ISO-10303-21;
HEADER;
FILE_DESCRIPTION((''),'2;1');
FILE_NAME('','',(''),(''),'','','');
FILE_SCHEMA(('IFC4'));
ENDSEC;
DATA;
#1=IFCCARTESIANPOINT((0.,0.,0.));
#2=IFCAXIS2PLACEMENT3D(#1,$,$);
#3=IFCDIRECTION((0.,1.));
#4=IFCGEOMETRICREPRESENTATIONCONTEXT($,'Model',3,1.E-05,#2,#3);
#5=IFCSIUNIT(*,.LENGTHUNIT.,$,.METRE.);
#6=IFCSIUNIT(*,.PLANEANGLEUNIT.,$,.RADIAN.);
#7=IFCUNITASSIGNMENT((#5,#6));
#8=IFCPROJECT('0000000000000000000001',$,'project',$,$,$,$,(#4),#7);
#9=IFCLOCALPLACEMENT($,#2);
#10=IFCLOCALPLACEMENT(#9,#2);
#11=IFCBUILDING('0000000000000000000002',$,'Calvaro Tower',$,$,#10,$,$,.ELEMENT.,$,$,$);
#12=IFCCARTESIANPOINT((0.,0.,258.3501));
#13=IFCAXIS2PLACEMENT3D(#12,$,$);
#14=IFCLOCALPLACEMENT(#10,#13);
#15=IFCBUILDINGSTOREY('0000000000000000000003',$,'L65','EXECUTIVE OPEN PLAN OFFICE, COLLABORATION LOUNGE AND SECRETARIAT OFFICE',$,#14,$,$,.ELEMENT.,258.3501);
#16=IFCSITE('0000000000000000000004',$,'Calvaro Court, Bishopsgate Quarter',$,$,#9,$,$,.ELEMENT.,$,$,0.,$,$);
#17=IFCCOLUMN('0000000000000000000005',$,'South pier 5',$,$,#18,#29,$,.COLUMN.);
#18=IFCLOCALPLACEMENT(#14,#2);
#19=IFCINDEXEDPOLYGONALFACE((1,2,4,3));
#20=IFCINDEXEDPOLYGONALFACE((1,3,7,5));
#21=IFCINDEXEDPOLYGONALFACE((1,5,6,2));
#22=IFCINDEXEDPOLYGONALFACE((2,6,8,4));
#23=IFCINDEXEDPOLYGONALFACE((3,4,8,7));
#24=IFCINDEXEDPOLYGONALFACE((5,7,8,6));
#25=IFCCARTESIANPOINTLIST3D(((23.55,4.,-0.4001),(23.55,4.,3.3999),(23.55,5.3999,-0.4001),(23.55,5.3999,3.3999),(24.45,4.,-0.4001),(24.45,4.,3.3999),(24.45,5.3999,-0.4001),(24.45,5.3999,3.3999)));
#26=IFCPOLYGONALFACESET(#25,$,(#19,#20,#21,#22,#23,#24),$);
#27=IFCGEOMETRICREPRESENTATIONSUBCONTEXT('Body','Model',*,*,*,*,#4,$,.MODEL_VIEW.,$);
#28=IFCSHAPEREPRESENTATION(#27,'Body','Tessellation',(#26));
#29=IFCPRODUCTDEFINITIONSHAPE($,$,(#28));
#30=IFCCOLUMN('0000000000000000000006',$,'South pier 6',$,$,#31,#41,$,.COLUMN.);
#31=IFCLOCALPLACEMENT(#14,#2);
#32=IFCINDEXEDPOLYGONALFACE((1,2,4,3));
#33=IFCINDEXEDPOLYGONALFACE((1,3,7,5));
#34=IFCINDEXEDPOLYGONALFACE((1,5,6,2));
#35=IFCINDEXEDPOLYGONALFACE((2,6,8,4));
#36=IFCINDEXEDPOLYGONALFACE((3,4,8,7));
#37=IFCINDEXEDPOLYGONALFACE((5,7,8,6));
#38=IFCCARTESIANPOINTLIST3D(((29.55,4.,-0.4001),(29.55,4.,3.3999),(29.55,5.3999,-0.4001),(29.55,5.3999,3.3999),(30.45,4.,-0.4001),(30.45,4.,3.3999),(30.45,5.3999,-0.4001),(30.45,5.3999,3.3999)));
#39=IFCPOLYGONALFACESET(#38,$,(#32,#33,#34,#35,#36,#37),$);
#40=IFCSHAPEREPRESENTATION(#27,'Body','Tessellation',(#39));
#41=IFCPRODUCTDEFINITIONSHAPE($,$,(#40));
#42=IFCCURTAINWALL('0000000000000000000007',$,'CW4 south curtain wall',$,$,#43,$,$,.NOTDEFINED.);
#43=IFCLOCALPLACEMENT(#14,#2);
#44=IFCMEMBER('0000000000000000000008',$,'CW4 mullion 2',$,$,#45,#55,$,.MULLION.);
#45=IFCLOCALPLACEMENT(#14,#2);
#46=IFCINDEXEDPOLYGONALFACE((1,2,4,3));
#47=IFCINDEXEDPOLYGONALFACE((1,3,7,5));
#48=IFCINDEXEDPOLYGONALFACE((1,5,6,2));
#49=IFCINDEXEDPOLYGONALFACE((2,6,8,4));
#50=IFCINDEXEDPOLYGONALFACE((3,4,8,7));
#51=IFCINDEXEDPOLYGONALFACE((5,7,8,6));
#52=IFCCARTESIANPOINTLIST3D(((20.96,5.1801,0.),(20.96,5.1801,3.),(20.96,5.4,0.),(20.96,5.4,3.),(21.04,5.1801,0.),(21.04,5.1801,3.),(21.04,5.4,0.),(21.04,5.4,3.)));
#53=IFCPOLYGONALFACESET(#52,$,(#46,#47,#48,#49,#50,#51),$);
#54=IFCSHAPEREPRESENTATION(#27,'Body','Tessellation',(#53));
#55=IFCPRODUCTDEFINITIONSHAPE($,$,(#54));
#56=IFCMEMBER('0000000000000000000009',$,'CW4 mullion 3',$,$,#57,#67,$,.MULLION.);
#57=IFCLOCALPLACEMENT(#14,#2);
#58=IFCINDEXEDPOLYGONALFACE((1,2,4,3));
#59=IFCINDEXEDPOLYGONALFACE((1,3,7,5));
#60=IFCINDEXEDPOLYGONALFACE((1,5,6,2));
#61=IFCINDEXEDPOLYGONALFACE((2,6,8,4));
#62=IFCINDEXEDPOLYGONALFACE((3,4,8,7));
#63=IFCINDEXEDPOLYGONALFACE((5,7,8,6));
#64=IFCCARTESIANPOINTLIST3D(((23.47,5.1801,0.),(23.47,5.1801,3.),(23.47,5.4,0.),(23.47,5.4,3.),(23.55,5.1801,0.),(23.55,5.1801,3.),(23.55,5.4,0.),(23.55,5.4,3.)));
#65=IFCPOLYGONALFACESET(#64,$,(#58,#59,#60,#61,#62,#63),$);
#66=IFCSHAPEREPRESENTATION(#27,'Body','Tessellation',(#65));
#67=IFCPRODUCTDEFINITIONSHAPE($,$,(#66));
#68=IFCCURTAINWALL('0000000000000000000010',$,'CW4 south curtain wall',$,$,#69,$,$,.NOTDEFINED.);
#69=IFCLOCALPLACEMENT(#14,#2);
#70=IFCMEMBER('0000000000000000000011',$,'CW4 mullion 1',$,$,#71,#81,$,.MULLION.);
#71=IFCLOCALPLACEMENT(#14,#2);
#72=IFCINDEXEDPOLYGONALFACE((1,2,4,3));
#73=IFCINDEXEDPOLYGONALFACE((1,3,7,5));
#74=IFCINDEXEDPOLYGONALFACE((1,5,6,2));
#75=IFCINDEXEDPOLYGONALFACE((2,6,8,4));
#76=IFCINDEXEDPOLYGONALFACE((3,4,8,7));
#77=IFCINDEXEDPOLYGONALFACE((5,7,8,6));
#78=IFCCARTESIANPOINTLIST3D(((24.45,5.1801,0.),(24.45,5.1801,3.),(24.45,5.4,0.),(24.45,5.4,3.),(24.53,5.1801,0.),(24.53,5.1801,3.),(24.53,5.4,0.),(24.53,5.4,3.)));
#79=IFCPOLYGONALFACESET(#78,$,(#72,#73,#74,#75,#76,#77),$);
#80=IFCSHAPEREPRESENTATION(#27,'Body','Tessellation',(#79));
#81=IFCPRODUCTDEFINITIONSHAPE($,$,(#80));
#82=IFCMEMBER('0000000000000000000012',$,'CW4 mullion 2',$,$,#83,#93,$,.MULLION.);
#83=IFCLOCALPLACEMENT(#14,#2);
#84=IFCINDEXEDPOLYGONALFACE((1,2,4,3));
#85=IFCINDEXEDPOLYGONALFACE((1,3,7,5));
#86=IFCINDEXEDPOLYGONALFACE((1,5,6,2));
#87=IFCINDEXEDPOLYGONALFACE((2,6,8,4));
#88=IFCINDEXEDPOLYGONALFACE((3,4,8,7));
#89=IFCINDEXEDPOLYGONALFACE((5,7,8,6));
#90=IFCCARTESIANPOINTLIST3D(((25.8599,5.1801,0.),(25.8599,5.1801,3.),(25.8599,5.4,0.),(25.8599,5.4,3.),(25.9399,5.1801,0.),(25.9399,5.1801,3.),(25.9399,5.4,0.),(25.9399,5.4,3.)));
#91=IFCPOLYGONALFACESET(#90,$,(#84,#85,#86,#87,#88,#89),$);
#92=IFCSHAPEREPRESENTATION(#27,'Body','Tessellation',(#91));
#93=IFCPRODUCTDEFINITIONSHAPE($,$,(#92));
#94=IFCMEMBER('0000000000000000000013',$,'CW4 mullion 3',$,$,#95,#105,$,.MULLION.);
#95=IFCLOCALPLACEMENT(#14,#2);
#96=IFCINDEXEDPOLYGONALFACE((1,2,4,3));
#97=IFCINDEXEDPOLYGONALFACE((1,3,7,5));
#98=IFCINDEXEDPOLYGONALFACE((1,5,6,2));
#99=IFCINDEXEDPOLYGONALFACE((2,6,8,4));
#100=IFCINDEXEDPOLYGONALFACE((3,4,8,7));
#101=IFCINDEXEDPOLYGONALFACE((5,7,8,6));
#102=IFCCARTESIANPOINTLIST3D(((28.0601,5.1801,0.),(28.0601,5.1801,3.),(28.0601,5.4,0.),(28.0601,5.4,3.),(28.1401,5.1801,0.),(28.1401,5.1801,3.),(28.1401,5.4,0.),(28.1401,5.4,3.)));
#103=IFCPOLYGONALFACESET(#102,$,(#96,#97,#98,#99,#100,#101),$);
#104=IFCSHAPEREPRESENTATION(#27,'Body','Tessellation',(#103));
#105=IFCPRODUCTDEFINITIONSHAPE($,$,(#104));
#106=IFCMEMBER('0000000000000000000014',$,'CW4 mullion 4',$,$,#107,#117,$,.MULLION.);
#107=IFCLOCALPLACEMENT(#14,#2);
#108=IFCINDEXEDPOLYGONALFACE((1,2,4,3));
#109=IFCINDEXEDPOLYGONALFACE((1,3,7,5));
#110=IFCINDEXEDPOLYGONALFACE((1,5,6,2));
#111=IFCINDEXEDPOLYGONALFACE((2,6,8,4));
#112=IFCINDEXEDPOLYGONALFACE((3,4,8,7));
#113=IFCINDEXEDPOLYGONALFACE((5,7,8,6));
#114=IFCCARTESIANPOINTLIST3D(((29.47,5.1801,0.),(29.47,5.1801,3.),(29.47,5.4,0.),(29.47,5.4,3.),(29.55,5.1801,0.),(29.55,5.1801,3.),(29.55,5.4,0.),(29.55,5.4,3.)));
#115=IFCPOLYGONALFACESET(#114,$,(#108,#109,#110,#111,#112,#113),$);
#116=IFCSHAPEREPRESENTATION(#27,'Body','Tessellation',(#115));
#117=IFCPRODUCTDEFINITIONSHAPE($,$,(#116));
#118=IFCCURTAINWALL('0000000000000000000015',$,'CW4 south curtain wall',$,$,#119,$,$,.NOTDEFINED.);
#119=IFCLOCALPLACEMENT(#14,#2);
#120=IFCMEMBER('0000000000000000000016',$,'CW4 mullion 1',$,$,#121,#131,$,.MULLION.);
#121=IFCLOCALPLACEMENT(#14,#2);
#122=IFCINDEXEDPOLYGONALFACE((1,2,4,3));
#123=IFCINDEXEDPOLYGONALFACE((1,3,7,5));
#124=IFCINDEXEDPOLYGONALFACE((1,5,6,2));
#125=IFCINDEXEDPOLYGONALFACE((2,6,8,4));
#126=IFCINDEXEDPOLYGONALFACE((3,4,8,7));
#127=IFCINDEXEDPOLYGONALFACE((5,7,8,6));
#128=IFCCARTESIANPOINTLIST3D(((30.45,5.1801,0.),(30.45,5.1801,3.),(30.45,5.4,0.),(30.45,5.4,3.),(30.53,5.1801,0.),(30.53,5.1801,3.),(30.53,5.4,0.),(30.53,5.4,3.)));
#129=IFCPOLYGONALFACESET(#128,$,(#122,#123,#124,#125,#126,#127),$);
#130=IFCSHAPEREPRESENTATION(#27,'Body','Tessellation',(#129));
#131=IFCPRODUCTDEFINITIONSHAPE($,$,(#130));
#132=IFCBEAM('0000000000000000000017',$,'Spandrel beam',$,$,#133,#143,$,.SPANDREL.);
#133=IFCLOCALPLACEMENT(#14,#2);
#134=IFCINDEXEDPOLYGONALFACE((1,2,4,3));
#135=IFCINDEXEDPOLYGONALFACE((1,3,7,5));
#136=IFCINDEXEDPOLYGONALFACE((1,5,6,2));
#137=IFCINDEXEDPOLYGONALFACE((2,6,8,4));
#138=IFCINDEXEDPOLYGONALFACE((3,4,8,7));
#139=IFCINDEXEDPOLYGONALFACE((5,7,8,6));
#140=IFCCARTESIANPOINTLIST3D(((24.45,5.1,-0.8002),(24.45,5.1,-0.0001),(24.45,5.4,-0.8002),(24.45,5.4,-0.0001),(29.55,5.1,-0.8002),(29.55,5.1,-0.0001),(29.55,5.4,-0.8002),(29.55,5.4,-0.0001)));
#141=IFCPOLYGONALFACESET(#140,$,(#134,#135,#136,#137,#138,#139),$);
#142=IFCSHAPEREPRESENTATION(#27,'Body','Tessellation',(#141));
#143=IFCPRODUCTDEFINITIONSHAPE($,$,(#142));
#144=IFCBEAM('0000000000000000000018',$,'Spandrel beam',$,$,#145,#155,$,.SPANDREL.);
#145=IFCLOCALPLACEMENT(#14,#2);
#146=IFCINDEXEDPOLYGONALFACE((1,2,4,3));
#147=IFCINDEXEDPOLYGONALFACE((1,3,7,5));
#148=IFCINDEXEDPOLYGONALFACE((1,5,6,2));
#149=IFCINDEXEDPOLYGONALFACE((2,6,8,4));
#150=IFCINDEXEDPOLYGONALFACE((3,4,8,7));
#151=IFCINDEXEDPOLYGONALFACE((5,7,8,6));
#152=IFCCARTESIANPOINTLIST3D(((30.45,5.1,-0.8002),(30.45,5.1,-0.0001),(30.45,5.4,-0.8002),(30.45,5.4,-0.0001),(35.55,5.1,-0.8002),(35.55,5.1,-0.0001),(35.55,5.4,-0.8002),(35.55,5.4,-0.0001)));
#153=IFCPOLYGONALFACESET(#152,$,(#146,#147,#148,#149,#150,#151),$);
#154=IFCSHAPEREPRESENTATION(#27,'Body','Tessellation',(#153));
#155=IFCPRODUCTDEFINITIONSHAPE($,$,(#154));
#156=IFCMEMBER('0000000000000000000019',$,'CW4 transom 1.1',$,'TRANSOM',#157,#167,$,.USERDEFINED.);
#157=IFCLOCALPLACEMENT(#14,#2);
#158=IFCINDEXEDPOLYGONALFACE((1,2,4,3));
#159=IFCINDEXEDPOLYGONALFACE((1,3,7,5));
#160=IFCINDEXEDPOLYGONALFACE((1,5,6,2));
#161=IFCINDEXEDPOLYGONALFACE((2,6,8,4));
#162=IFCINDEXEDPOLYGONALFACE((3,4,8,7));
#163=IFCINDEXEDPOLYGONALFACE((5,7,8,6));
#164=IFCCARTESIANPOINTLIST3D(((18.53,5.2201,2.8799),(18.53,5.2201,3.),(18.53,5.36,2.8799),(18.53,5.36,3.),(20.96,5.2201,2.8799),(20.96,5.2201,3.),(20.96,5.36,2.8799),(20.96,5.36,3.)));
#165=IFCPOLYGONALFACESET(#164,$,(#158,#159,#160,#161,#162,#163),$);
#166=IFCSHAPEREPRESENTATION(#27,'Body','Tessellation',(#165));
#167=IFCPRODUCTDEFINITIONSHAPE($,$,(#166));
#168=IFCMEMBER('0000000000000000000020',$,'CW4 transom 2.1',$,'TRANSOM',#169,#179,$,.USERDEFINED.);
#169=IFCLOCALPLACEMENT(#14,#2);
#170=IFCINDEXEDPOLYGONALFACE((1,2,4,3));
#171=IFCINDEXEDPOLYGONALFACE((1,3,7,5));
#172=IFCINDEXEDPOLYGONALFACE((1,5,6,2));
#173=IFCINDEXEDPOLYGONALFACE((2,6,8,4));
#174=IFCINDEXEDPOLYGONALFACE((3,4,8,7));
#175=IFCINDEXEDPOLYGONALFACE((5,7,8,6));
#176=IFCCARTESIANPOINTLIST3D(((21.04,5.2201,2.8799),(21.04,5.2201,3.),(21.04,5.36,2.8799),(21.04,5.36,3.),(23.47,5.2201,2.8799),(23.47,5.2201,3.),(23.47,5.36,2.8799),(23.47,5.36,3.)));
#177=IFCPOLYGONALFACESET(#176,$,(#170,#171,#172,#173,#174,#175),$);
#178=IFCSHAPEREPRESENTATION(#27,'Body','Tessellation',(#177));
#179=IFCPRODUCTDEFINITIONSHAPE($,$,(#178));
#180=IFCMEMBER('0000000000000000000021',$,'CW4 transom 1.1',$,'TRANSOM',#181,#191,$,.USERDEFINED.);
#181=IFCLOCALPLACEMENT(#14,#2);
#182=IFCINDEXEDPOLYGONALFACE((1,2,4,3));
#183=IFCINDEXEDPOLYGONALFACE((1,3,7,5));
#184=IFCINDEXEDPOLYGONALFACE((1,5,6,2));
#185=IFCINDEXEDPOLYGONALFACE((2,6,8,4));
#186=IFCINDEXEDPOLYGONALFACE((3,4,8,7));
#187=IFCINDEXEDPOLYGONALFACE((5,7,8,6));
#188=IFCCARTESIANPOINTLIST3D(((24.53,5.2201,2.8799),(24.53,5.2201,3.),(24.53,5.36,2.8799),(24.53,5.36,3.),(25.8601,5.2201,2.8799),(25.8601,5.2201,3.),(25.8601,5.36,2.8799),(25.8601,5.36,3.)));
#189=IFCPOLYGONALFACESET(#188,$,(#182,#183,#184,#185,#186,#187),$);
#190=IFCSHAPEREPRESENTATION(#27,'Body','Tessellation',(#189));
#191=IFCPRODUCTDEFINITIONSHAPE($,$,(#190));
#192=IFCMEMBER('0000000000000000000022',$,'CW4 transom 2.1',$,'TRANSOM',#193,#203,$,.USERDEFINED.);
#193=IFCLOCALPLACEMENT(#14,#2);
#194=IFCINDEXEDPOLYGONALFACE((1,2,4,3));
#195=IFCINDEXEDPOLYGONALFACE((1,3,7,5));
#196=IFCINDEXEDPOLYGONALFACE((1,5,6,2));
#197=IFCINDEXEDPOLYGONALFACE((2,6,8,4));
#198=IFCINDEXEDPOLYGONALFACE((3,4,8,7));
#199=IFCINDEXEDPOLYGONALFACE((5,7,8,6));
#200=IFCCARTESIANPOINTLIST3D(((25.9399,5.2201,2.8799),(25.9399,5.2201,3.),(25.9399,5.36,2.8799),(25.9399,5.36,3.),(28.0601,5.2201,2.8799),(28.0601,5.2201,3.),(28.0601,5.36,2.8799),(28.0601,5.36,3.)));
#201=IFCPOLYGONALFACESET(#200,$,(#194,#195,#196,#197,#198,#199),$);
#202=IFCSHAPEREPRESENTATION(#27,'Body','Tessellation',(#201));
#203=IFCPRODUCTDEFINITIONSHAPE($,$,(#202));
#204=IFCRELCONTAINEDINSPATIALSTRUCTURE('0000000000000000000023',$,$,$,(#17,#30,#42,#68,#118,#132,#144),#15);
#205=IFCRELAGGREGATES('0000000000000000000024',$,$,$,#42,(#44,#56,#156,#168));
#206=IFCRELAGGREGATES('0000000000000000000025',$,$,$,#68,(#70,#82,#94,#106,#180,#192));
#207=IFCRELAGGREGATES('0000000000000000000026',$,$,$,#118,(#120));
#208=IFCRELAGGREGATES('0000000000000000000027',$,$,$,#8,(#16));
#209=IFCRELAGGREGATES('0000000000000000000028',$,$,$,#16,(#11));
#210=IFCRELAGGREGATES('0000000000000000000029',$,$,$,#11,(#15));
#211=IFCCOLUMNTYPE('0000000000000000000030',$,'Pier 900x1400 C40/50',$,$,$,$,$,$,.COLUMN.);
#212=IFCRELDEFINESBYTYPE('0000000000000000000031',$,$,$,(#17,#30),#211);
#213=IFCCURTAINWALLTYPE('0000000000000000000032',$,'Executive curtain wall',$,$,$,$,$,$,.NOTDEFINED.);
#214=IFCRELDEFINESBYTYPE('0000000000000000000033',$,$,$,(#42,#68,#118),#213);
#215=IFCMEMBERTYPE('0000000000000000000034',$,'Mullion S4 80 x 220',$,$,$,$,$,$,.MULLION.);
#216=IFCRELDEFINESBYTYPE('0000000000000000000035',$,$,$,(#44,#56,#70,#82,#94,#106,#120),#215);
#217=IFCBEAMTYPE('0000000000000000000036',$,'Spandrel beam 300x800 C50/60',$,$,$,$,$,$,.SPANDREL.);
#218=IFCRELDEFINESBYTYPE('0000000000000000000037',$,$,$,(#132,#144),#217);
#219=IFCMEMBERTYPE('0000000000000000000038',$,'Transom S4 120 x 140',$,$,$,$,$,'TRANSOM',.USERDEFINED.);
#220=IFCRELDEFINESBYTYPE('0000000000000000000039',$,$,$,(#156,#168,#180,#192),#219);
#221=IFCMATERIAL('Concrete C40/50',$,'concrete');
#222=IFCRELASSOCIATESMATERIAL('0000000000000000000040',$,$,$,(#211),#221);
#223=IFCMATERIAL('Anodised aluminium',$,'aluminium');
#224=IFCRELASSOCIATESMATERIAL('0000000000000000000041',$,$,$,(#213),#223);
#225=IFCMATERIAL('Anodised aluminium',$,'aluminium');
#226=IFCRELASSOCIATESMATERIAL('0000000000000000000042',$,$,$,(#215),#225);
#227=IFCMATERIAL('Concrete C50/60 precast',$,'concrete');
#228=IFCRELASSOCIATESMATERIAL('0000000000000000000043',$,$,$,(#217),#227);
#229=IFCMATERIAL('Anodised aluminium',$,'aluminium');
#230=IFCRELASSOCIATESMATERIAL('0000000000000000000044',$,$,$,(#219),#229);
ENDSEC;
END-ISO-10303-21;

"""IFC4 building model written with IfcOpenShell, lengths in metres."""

from ifc_helpers import new_model, si_unit, direction, frame, origin, origin_2d, place, context, subcontext, project, spatial, rectangle, extrude, material, material_profile, profile_set, type_object, element, aggregate, save


model = new_model("IFC4")

# Units and contexts
model_context = context("Model", 3, precision=1e-05, world=origin(), true_north=direction((0.0, 1.0)))
body_context = subcontext(model_context, "Body", "Model", "MODEL_VIEW")
ifc_project = project(units=[si_unit("LENGTHUNIT", "METRE"), si_unit("PLANEANGLEUNIT", "RADIAN")], contexts=[model_context])

# Site, building, storey
site_placement = place(None, origin())
site = spatial("IfcSite", under=ifc_project, at=site_placement, Name="Calvaro Court, Bishopsgate Quarter", CompositionType="ELEMENT", RefElevation=0.0)
building_placement = place(site_placement, origin())
building = spatial("IfcBuilding", under=site, at=building_placement, Name="Calvaro Tower", CompositionType="ELEMENT")
storey_placement = place(building_placement, frame((0.0, 0.0, 258.3501)))
storey = spatial("IfcBuildingStorey", under=building, at=storey_placement, Name="L65", Description="EXECUTIVE OPEN PLAN OFFICE, COLLABORATION LOUNGE AND SECRETARIAT OFFICE", CompositionType="ELEMENT", Elevation=258.3501)

# Columns
ifc_material_1 = material(Name="Concrete C40/50", Category="concrete")
ifc_material_profile_1 = material_profile(ifc_material_1, rectangle(XDim=0.8999, YDim=1.3999, at=origin_2d()), Name="RC 900x1400")
ifc_profile_set_1 = profile_set([ifc_material_profile_1], Name="Concrete C40/50")
column_type = type_object("IfcColumnType", Name="Pier 900x1400 C40/50", PredefinedType="COLUMN", material=ifc_profile_set_1)
for number, where, z_axis, x_axis, name in (
    (1, (24.0, 4.7, -0.4001), (0.0, 0.0, 1.0), (1.0, 0.0, 0.0), "South pier 5"),
    (2, (30.0, 4.7, -0.4001), (0.0, 0.0, 1.0), (1.0, 0.0, 0.0), "South pier 6"),
):
    element("IfcColumn", number, at=place(storey_placement, frame(where, z_axis=z_axis, x_axis=x_axis)), inside=storey, type_object=column_type, Name=name, PredefinedType="COLUMN", context=body_context, shape_type="SweptSolid", body=[
        extrude(rectangle(XDim=0.8999, YDim=1.3999, at=origin_2d()), origin(), (0.0, 0.0, 1.0), 3.8),
    ])

# Curtain walls, members
ifc_material_2 = material(Name="Anodised aluminium", Category="aluminium")
curtain_wall_type = type_object("IfcCurtainWallType", Name="Executive curtain wall", PredefinedType="NOTDEFINED", material=ifc_material_2)
curtain_wall_1_placement = place(storey_placement, origin())
curtain_wall_1 = element("IfcCurtainWall", 3, at=curtain_wall_1_placement, inside=storey, type_object=curtain_wall_type, Name="CW4 south curtain wall", PredefinedType="NOTDEFINED")
ifc_material_3 = material(Name="Anodised aluminium", Category="aluminium")
ifc_material_profile_2 = material_profile(ifc_material_3, rectangle(XDim=0.22, YDim=0.0801, at=origin_2d()), Name="Mullion S4 80 x 220")
ifc_profile_set_2 = profile_set([ifc_material_profile_2], Name="Anodised aluminium")
member_type_1 = type_object("IfcMemberType", Name="Mullion S4 80 x 220", PredefinedType="MULLION", material=ifc_profile_set_2)
member_1_placement = place(storey_placement, frame((21.0, 5.29, 0.0), z_axis=(0.0, 0.0, 1.0), x_axis=(0.0, 1.0, 0.0)))
member_1 = element("IfcMember", 4, at=member_1_placement, type_object=member_type_1, Name="CW4 mullion 2", PredefinedType="MULLION", context=body_context, shape_type="SweptSolid", body=[
    extrude(rectangle(XDim=0.22, YDim=0.0801, at=origin_2d()), origin(), (0.0, 0.0, 1.0), 3.0),
])
member_2_placement = place(storey_placement, frame((23.51, 5.29, 0.0), z_axis=(0.0, 0.0, 1.0), x_axis=(0.0, 1.0, 0.0)))
member_2 = element("IfcMember", 5, at=member_2_placement, type_object=member_type_1, Name="CW4 mullion 3", PredefinedType="MULLION", context=body_context, shape_type="SweptSolid", body=[
    extrude(rectangle(XDim=0.22, YDim=0.0801, at=origin_2d()), origin(), (0.0, 0.0, 1.0), 3.0),
])
curtain_wall_2_placement = place(storey_placement, origin())
curtain_wall_2 = element("IfcCurtainWall", 6, at=curtain_wall_2_placement, inside=storey, type_object=curtain_wall_type, Name="CW4 south curtain wall", PredefinedType="NOTDEFINED")
member_3_placement = place(storey_placement, frame((24.49, 5.29, 0.0), z_axis=(0.0, 0.0, 1.0), x_axis=(0.0, 1.0, 0.0)))
member_3 = element("IfcMember", 7, at=member_3_placement, type_object=member_type_1, Name="CW4 mullion 1", PredefinedType="MULLION", context=body_context, shape_type="SweptSolid", body=[
    extrude(rectangle(XDim=0.22, YDim=0.0801, at=origin_2d()), origin(), (0.0, 0.0, 1.0), 3.0),
])
member_4_placement = place(storey_placement, frame((25.8999, 5.29, 0.0), z_axis=(0.0, 0.0, 1.0), x_axis=(0.0, 1.0, 0.0)))
member_4 = element("IfcMember", 8, at=member_4_placement, type_object=member_type_1, Name="CW4 mullion 2", PredefinedType="MULLION", context=body_context, shape_type="SweptSolid", body=[
    extrude(rectangle(XDim=0.22, YDim=0.0801, at=origin_2d()), origin(), (0.0, 0.0, 1.0), 3.0),
])
member_5_placement = place(storey_placement, frame((28.1001, 5.29, 0.0), z_axis=(0.0, 0.0, 1.0), x_axis=(0.0, 1.0, 0.0)))
member_5 = element("IfcMember", 9, at=member_5_placement, type_object=member_type_1, Name="CW4 mullion 3", PredefinedType="MULLION", context=body_context, shape_type="SweptSolid", body=[
    extrude(rectangle(XDim=0.22, YDim=0.0801, at=origin_2d()), origin(), (0.0, 0.0, 1.0), 3.0),
])
member_6_placement = place(storey_placement, frame((29.51, 5.29, 0.0), z_axis=(0.0, 0.0, 1.0), x_axis=(0.0, 1.0, 0.0)))
member_6 = element("IfcMember", 10, at=member_6_placement, type_object=member_type_1, Name="CW4 mullion 4", PredefinedType="MULLION", context=body_context, shape_type="SweptSolid", body=[
    extrude(rectangle(XDim=0.22, YDim=0.0801, at=origin_2d()), origin(), (0.0, 0.0, 1.0), 3.0),
])

# Curtain wall, member
curtain_wall_3_placement = place(storey_placement, origin())
curtain_wall_3 = element("IfcCurtainWall", 11, at=curtain_wall_3_placement, inside=storey, type_object=curtain_wall_type, Name="CW4 south curtain wall", PredefinedType="NOTDEFINED")
member_7_placement = place(storey_placement, frame((30.49, 5.29, 0.0), z_axis=(0.0, 0.0, 1.0), x_axis=(0.0, 1.0, 0.0)))
member_7 = element("IfcMember", 12, at=member_7_placement, type_object=member_type_1, Name="CW4 mullion 1", PredefinedType="MULLION", context=body_context, shape_type="SweptSolid", body=[
    extrude(rectangle(XDim=0.22, YDim=0.0801, at=origin_2d()), origin(), (0.0, 0.0, 1.0), 3.0),
])

# Beams
ifc_material_4 = material(Name="Concrete C50/60 precast", Category="concrete")
ifc_material_profile_3 = material_profile(ifc_material_4, rectangle(XDim=0.3, YDim=0.8, at=origin_2d()), Name="RC 300x800")
ifc_profile_set_3 = profile_set([ifc_material_profile_3], Name="Concrete C50/60 precast")
beam_type = type_object("IfcBeamType", Name="Spandrel beam 300x800 C50/60", PredefinedType="SPANDREL", material=ifc_profile_set_3)
for number, where, z_axis, x_axis, name in (
    (13, (24.45, 5.25, -0.4001), (1.0, 0.0, 0.0), (0.0, 1.0, 0.0), "Spandrel beam"),
    (14, (30.45, 5.25, -0.4001), (1.0, 0.0, 0.0), (0.0, 1.0, 0.0), "Spandrel beam"),
):
    element("IfcBeam", number, at=place(storey_placement, frame(where, z_axis=z_axis, x_axis=x_axis)), inside=storey, type_object=beam_type, Name=name, PredefinedType="SPANDREL", context=body_context, shape_type="SweptSolid", body=[
        extrude(rectangle(XDim=0.3, YDim=0.8, at=origin_2d()), origin(), (0.0, 0.0, 1.0), 5.1001),
    ])

# Members
ifc_material_5 = material(Name="Anodised aluminium", Category="aluminium")
ifc_material_profile_4 = material_profile(ifc_material_5, rectangle(XDim=0.1399, YDim=0.1201, at=origin_2d()), Name="Transom S4 120 x 140")
ifc_profile_set_4 = profile_set([ifc_material_profile_4], Name="Anodised aluminium")
member_type_2 = type_object("IfcMemberType", Name="Transom S4 120 x 140", ElementType="TRANSOM", PredefinedType="USERDEFINED", material=ifc_profile_set_4)
member_8_placement = place(storey_placement, frame((18.53, 5.29, 2.9399), z_axis=(1.0, 0.0, 0.0), x_axis=(0.0, 1.0, 0.0)))
member_8 = element("IfcMember", 15, at=member_8_placement, type_object=member_type_2, Name="CW4 transom 1.1", ObjectType="TRANSOM", PredefinedType="USERDEFINED", context=body_context, shape_type="SweptSolid", body=[
    extrude(rectangle(XDim=0.1399, YDim=0.1201, at=origin_2d()), origin(), (0.0, 0.0, 1.0), 2.4299),
])
member_9_placement = place(storey_placement, frame((21.04, 5.29, 2.9399), z_axis=(1.0, 0.0, 0.0), x_axis=(0.0, 1.0, 0.0)))
member_9 = element("IfcMember", 16, at=member_9_placement, type_object=member_type_2, Name="CW4 transom 2.1", ObjectType="TRANSOM", PredefinedType="USERDEFINED", context=body_context, shape_type="SweptSolid", body=[
    extrude(rectangle(XDim=0.1399, YDim=0.1201, at=origin_2d()), origin(), (0.0, 0.0, 1.0), 2.4299),
])
member_10_placement = place(storey_placement, frame((24.53, 5.29, 2.9399), z_axis=(1.0, 0.0, 0.0), x_axis=(0.0, 1.0, 0.0)))
member_10 = element("IfcMember", 17, at=member_10_placement, type_object=member_type_2, Name="CW4 transom 1.1", ObjectType="TRANSOM", PredefinedType="USERDEFINED", context=body_context, shape_type="SweptSolid", body=[
    extrude(rectangle(XDim=0.1399, YDim=0.1201, at=origin_2d()), origin(), (0.0, 0.0, 1.0), 1.3301),
])
member_11_placement = place(storey_placement, frame((25.9399, 5.29, 2.9399), z_axis=(1.0, 0.0, 0.0), x_axis=(0.0, 1.0, 0.0)))
member_11 = element("IfcMember", 18, at=member_11_placement, type_object=member_type_2, Name="CW4 transom 2.1", ObjectType="TRANSOM", PredefinedType="USERDEFINED", context=body_context, shape_type="SweptSolid", body=[
    extrude(rectangle(XDim=0.1399, YDim=0.1201, at=origin_2d()), origin(), (0.0, 0.0, 1.0), 2.1201),
])

aggregate(curtain_wall_1, [member_1, member_2, member_8, member_9])
aggregate(curtain_wall_2, [member_3, member_4, member_5, member_6, member_10, member_11])
aggregate(curtain_wall_3, [member_7])

save(model, "model.ifc")
